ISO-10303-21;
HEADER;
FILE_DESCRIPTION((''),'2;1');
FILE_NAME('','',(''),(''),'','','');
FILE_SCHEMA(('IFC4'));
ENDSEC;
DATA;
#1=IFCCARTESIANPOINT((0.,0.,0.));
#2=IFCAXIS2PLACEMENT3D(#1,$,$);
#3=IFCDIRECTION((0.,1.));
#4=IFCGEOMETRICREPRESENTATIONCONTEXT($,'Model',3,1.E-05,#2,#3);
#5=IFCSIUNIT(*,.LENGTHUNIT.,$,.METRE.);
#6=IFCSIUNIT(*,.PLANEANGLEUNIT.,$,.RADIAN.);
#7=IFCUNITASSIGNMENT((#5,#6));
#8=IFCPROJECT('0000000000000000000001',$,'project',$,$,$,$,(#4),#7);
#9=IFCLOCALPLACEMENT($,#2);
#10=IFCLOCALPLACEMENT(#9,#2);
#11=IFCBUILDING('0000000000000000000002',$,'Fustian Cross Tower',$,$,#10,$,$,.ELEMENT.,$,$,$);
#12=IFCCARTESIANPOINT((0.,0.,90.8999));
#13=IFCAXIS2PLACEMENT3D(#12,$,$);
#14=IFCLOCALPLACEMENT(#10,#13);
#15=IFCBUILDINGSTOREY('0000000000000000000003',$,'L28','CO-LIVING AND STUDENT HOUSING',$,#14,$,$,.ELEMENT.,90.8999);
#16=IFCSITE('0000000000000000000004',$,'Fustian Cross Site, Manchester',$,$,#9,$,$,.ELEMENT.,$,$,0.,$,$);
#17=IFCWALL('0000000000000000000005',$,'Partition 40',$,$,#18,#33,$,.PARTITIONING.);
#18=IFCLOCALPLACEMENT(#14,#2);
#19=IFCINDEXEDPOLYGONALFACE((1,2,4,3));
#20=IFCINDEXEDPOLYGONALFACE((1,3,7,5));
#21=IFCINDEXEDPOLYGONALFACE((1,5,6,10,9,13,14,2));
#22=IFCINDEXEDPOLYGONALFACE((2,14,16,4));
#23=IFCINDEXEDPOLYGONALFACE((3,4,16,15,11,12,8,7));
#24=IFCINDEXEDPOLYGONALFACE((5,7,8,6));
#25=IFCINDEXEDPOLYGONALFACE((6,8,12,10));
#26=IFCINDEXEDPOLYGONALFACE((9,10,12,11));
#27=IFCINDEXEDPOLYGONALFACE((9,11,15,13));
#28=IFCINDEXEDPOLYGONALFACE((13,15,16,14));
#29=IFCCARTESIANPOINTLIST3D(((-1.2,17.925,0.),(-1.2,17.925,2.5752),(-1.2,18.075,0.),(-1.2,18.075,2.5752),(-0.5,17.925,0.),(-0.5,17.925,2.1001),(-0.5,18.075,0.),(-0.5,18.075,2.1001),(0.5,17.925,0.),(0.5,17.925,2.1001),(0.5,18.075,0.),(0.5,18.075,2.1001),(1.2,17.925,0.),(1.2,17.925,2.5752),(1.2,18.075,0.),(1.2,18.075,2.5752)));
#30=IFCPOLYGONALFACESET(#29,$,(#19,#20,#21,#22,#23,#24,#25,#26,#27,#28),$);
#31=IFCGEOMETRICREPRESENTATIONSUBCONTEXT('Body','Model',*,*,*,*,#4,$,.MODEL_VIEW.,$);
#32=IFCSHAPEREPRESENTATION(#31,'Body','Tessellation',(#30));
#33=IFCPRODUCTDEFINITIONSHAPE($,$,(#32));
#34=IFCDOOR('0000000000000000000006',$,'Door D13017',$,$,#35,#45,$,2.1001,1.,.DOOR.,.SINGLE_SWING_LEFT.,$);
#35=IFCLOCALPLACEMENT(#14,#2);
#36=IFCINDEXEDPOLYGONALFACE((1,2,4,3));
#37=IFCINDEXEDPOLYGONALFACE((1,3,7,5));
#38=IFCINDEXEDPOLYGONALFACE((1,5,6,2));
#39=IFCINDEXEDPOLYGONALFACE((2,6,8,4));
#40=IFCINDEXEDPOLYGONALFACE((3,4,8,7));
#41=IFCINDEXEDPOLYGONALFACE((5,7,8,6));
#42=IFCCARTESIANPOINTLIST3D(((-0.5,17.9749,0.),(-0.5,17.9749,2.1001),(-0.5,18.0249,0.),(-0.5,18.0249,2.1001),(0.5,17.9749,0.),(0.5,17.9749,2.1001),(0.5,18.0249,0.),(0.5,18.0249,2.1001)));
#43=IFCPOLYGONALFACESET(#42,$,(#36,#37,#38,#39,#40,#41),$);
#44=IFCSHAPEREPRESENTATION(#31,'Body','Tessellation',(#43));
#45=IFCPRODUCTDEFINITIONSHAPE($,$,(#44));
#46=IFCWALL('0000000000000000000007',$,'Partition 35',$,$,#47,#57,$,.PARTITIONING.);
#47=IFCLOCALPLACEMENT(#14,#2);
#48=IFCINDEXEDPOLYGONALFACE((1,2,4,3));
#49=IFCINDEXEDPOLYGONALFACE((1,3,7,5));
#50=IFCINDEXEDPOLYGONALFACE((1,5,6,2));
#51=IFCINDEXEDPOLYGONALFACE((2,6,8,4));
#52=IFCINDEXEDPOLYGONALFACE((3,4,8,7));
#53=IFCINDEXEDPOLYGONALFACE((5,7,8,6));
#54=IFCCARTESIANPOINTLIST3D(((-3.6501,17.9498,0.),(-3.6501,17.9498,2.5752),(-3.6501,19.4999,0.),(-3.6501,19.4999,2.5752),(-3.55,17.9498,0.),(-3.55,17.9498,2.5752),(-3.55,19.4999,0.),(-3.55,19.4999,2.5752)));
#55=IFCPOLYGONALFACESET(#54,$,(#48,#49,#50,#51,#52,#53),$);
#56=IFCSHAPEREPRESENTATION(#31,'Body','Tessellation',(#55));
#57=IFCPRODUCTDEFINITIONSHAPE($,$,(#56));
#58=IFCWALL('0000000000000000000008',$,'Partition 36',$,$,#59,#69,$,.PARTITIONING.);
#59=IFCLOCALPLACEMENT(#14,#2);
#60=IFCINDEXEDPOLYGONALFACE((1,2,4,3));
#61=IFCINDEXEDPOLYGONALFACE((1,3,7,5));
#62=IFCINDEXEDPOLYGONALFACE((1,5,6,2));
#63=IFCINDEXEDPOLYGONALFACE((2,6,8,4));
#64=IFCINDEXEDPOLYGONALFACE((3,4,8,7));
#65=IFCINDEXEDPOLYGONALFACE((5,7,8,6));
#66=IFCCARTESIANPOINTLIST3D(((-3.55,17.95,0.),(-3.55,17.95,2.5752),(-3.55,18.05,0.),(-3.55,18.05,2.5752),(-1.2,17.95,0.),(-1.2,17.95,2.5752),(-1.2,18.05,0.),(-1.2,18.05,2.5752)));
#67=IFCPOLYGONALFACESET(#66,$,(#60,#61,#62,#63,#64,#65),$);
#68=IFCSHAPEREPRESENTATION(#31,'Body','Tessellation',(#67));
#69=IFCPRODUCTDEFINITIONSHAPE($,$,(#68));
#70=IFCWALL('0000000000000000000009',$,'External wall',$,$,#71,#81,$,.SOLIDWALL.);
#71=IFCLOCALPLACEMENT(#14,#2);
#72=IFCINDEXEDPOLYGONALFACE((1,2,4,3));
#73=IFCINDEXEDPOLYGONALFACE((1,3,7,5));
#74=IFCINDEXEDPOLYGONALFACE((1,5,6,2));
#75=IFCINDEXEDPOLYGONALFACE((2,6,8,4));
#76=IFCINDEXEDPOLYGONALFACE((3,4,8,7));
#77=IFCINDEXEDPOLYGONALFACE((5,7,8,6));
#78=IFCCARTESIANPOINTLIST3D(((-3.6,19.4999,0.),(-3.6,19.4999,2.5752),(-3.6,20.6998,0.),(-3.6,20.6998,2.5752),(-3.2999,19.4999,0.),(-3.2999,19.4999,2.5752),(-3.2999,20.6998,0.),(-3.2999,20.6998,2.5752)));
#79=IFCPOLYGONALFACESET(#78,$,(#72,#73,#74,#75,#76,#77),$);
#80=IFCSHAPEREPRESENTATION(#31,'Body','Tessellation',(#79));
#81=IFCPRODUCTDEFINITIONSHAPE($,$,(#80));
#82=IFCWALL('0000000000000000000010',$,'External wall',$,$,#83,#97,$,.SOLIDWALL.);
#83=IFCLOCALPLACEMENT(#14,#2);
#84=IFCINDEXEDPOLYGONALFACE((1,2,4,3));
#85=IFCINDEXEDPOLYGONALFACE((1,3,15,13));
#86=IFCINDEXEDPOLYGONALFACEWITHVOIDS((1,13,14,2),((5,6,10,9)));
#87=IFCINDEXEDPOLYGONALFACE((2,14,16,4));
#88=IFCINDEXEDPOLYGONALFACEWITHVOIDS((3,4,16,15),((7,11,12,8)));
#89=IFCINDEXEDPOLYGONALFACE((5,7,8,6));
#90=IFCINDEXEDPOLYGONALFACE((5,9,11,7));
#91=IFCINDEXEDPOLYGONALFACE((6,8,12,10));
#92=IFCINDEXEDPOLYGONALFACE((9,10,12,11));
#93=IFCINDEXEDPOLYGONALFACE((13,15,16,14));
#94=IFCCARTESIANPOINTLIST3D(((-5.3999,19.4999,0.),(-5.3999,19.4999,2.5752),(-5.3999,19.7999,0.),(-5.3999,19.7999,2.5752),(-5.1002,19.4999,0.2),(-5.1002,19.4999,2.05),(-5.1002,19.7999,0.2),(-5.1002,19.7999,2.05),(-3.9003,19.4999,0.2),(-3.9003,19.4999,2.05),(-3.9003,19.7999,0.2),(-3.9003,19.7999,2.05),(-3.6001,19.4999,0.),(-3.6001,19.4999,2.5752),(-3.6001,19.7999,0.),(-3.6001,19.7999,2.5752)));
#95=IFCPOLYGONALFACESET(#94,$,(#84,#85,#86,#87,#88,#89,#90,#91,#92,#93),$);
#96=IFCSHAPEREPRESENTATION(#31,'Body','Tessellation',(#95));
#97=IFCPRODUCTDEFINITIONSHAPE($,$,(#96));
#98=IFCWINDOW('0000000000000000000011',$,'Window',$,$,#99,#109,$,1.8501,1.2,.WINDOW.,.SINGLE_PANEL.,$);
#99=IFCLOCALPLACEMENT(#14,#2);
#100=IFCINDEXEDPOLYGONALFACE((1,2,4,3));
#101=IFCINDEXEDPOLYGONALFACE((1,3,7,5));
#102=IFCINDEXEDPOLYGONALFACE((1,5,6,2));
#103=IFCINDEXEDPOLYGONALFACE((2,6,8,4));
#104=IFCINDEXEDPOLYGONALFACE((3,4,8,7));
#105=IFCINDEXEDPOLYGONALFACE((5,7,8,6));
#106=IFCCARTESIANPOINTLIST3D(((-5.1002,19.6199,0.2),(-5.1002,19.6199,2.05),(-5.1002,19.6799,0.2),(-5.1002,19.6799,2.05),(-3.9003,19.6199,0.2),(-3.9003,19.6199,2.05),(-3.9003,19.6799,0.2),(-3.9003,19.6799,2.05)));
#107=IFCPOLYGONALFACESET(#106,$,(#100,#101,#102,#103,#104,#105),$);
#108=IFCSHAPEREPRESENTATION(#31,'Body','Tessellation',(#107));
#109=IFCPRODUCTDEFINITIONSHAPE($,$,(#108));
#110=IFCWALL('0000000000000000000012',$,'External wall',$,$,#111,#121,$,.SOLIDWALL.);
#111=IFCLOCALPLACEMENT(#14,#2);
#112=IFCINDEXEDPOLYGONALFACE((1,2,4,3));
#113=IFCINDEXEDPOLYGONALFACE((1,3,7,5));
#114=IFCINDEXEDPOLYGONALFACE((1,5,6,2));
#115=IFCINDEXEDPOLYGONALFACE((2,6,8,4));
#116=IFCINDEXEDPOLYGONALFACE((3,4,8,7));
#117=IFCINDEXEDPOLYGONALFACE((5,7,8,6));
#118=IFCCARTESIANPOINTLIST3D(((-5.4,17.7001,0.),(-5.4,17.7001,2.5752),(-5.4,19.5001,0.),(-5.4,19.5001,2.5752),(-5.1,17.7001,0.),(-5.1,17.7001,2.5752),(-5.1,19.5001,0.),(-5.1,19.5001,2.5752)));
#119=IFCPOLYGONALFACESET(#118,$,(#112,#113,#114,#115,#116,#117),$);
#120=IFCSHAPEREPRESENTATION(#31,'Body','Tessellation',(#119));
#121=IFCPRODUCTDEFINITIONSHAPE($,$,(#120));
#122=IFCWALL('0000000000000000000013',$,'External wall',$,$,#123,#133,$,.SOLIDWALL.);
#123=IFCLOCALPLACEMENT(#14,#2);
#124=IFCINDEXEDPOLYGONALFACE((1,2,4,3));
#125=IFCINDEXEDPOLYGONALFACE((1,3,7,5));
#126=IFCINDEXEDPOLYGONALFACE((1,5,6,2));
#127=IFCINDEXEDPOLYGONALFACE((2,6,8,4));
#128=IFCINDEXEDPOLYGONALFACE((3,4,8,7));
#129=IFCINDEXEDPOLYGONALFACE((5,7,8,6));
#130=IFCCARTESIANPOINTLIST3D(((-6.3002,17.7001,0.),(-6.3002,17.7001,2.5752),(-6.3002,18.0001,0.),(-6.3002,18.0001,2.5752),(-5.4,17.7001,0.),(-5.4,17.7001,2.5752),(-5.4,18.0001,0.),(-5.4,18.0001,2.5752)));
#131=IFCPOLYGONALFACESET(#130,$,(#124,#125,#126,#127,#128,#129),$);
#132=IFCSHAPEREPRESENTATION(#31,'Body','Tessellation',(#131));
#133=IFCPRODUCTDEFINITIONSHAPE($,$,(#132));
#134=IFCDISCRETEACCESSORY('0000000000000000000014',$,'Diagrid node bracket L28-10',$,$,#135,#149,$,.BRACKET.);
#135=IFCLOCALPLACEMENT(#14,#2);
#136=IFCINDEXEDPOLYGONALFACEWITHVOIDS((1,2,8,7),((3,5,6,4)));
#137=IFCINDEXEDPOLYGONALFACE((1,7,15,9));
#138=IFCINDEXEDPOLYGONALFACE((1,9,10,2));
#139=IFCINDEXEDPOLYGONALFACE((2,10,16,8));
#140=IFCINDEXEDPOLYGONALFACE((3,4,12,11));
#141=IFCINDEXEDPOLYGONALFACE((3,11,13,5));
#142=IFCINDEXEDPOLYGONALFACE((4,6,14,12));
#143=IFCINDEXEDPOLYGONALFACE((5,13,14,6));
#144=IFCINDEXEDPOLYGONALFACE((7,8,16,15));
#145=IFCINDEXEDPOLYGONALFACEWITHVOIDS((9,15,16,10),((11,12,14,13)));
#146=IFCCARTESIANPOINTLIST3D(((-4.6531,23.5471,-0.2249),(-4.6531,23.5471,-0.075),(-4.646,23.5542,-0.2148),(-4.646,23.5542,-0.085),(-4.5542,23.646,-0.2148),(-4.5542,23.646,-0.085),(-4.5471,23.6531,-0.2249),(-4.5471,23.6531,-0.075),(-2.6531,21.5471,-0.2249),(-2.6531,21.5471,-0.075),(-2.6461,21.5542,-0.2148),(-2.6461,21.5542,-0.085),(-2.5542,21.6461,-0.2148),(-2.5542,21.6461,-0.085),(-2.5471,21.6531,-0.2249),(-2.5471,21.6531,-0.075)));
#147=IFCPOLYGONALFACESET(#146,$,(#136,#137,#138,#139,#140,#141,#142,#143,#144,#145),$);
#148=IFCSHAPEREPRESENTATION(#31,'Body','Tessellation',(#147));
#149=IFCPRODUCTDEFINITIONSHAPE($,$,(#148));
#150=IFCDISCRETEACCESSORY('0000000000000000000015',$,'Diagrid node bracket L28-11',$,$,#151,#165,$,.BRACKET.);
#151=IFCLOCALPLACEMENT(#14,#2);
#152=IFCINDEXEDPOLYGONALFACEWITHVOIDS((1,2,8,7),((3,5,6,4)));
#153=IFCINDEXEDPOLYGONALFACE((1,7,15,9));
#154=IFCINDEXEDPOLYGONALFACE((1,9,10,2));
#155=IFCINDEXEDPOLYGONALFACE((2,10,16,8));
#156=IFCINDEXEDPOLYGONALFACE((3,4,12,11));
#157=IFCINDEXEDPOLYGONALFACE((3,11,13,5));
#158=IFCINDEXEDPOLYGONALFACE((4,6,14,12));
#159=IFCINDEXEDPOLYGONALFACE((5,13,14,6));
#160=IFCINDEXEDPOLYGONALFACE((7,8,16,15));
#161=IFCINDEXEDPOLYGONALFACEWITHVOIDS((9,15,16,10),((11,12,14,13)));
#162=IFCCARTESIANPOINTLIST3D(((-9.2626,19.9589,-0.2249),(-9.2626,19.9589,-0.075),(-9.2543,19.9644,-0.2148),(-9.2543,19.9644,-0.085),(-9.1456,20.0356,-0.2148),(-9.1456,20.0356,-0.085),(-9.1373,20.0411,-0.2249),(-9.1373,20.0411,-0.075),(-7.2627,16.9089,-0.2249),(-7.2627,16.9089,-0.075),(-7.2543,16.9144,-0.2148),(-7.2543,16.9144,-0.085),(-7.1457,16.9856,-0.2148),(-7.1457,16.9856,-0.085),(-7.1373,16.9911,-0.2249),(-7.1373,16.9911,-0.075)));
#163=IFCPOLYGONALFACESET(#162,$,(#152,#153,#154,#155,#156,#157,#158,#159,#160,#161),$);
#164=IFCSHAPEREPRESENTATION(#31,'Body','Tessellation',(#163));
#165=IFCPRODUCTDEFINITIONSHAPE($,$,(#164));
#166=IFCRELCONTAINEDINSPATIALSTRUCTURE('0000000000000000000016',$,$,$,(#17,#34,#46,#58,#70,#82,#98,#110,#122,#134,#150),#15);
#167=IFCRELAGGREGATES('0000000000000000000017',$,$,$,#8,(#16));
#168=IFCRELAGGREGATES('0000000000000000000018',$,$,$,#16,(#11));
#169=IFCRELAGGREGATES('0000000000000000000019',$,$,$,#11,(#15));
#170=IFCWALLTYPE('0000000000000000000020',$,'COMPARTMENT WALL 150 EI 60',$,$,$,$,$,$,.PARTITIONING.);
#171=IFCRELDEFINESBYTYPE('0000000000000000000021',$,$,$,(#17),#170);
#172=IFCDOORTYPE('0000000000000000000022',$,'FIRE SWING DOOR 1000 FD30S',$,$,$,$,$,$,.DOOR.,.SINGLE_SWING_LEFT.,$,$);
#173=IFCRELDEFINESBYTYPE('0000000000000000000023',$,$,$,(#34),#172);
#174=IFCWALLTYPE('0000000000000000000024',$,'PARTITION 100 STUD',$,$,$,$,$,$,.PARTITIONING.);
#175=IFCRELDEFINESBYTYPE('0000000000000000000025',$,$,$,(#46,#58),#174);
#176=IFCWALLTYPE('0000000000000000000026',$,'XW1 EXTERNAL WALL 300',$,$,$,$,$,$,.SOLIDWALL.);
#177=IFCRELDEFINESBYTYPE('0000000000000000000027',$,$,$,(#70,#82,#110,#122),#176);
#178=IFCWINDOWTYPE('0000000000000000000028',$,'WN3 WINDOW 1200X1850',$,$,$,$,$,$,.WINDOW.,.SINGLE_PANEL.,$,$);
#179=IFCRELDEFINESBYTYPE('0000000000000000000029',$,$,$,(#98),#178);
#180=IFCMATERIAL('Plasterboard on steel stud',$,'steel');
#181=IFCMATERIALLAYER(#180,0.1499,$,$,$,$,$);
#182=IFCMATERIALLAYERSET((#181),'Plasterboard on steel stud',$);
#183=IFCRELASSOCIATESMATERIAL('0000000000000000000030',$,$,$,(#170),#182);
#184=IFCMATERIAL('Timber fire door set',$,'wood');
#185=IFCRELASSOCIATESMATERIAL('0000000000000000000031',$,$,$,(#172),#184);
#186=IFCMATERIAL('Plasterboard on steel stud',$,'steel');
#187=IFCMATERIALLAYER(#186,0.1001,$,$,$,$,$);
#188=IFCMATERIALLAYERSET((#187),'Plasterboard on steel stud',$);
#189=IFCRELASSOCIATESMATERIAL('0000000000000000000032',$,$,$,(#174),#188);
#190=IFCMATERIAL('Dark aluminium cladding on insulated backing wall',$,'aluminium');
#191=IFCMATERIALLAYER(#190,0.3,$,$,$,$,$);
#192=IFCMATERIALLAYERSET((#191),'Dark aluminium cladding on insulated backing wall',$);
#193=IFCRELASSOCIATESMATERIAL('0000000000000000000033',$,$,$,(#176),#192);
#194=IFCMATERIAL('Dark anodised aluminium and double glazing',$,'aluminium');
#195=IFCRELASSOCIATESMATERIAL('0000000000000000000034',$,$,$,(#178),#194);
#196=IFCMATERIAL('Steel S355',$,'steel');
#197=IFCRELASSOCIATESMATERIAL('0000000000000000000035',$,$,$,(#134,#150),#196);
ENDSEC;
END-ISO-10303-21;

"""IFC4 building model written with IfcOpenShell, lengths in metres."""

from ifc_helpers import new_model, si_unit, direction, frame, frame_2d, origin, origin_2d, place, context, subcontext, project, spatial, rectangle, hollow_rectangle, extrude, material, layer, layer_set, type_object, element, fill, save


model = new_model("IFC4")

# Units and contexts
model_context = context("Model", 3, precision=1e-05, world=origin(), true_north=direction((0.0, 1.0)))
body_context = subcontext(model_context, "Body", "Model", "MODEL_VIEW")
ifc_project = project(units=[si_unit("LENGTHUNIT", "METRE"), si_unit("PLANEANGLEUNIT", "RADIAN")], contexts=[model_context])

# Site, building, storey
site_placement = place(None, origin())
site = spatial("IfcSite", under=ifc_project, at=site_placement, Name="Fustian Cross Site, Manchester", CompositionType="ELEMENT", RefElevation=0.0)
building_placement = place(site_placement, origin())
building = spatial("IfcBuilding", under=site, at=building_placement, Name="Fustian Cross Tower", CompositionType="ELEMENT")
storey_placement = place(building_placement, frame((0.0, 0.0, 90.8999)))
storey = spatial("IfcBuildingStorey", under=building, at=storey_placement, Name="L28", Description="CO-LIVING AND STUDENT HOUSING", CompositionType="ELEMENT", Elevation=90.8999)

# Wall, opening, door
ifc_material_1 = material(Name="Plasterboard on steel stud", Category="steel")
ifc_layer_1 = layer(ifc_material_1, 0.1499)
ifc_layer_set_1 = layer_set([ifc_layer_1], Name="Plasterboard on steel stud")
wall_type_1 = type_object("IfcWallType", Name="COMPARTMENT WALL 150 EI 60", PredefinedType="PARTITIONING", material=ifc_layer_set_1)
wall_1_placement = place(storey_placement, frame((-1.2, 18.0, 0.0), z_axis=(0.0, 0.0, 1.0), x_axis=(1.0, 0.0, 0.0)))
wall_1 = element("IfcWall", 1, at=wall_1_placement, inside=storey, type_object=wall_type_1, Name="Partition 40", PredefinedType="PARTITIONING", context=body_context, shape_type="SweptSolid", body=[
    extrude(rectangle(XDim=2.3999, YDim=0.1499, at=frame_2d((1.2, 0.0))), origin(), (0.0, 0.0, 1.0), 2.5752),
])
opening_1_placement = place(wall_1_placement, frame((0.7, 0.0, 0.0)))
opening_1 = element("IfcOpeningElement", 2, at=opening_1_placement, cuts=wall_1, PredefinedType="OPENING", context=body_context, shape_type="SweptSolid", body=[
    extrude(rectangle(XDim=1.0, YDim=2.1001, at=frame_2d((0.5, 1.05))), frame((0.0, 0.085, 0.0), z_axis=(0.0, -1.0, 0.0), x_axis=(1.0, 0.0, 0.0)), (0.0, 0.0, 1.0), 0.1699),
])
ifc_material_2 = material(Name="Timber fire door set", Category="wood")
door_type = type_object("IfcDoorType", Name="FIRE SWING DOOR 1000 FD30S", OperationType="SINGLE_SWING_LEFT", PredefinedType="DOOR", material=ifc_material_2)
door_placement = place(opening_1_placement, origin())
door = element("IfcDoor", 3, at=door_placement, inside=storey, type_object=door_type, Name="Door D13017", OperationType="SINGLE_SWING_LEFT", OverallHeight=2.1001, OverallWidth=1.0, PredefinedType="DOOR", context=body_context, shape_type="SweptSolid", body=[
    extrude(rectangle(XDim=1.0, YDim=2.1001, at=frame_2d((0.5, 1.05))), frame((0.0, 0.0249, 0.0), z_axis=(0.0, -1.0, 0.0), x_axis=(1.0, 0.0, 0.0)), (0.0, 0.0, 1.0), 0.05),
])
fill(opening_1, door)

# Walls
ifc_material_3 = material(Name="Plasterboard on steel stud", Category="steel")
ifc_layer_2 = layer(ifc_material_3, 0.1001)
ifc_layer_set_2 = layer_set([ifc_layer_2], Name="Plasterboard on steel stud")
wall_type_2 = type_object("IfcWallType", Name="PARTITION 100 STUD", PredefinedType="PARTITIONING", material=ifc_layer_set_2)
wall_2_placement = place(storey_placement, frame((-3.6001, 17.95, 0.0), z_axis=(0.0, 0.0, 1.0), x_axis=(0.0, 1.0, 0.0)))
element("IfcWall", 4, at=wall_2_placement, inside=storey, type_object=wall_type_2, Name="Partition 35", PredefinedType="PARTITIONING", context=body_context, shape_type="SweptSolid", body=[
    extrude(rectangle(XDim=1.55, YDim=0.1001, at=frame_2d((0.7749, 0.0))), origin(), (0.0, 0.0, 1.0), 2.5752),
])
wall_3_placement = place(storey_placement, frame((-3.55, 18.0, 0.0), z_axis=(0.0, 0.0, 1.0), x_axis=(1.0, 0.0, 0.0)))
element("IfcWall", 5, at=wall_3_placement, inside=storey, type_object=wall_type_2, Name="Partition 36", PredefinedType="PARTITIONING", context=body_context, shape_type="SweptSolid", body=[
    extrude(rectangle(XDim=2.3501, YDim=0.1001, at=frame_2d((1.175, 0.0))), origin(), (0.0, 0.0, 1.0), 2.5752),
])
ifc_material_4 = material(Name="Dark aluminium cladding on insulated backing wall", Category="aluminium")
ifc_layer_3 = layer(ifc_material_4, 0.3)
ifc_layer_set_3 = layer_set([ifc_layer_3], Name="Dark aluminium cladding on insulated backing wall")
wall_type_3 = type_object("IfcWallType", Name="XW1 EXTERNAL WALL 300", PredefinedType="SOLIDWALL", material=ifc_layer_set_3)
wall_4_placement = place(storey_placement, frame((-3.45, 20.7, 0.0), z_axis=(0.0, 0.0, 1.0), x_axis=(0.0, -1.0, 0.0)))
element("IfcWall", 6, at=wall_4_placement, inside=storey, type_object=wall_type_3, Name="External wall", PredefinedType="SOLIDWALL", context=body_context, shape_type="SweptSolid", body=[
    extrude(rectangle(XDim=1.2, YDim=0.3, at=frame_2d((0.6001, 0.0))), origin(), (0.0, 0.0, 1.0), 2.5752),
])

# Wall, opening, window
wall_5_placement = place(storey_placement, frame((-3.6001, 19.6499, 0.0), z_axis=(0.0, 0.0, 1.0), x_axis=(-1.0, 0.0, 0.0)))
wall_5 = element("IfcWall", 7, at=wall_5_placement, inside=storey, type_object=wall_type_3, Name="External wall", PredefinedType="SOLIDWALL", context=body_context, shape_type="SweptSolid", body=[
    extrude(rectangle(XDim=1.7998, YDim=0.3, at=frame_2d((0.8999, 0.0))), origin(), (0.0, 0.0, 1.0), 2.5752),
])
opening_2_placement = place(wall_5_placement, frame((0.3, 0.0, 0.2)))
opening_2 = element("IfcOpeningElement", 8, at=opening_2_placement, cuts=wall_5, PredefinedType="OPENING", context=body_context, shape_type="SweptSolid", body=[
    extrude(rectangle(XDim=1.2, YDim=1.8501, at=frame_2d((0.6001, 0.925))), frame((0.0, 0.1599, 0.0), z_axis=(0.0, -1.0, 0.0), x_axis=(1.0, 0.0, 0.0)), (0.0, 0.0, 1.0), 0.3201),
])
ifc_material_5 = material(Name="Dark anodised aluminium and double glazing", Category="aluminium")
window_type = type_object("IfcWindowType", Name="WN3 WINDOW 1200X1850", PartitioningType="SINGLE_PANEL", PredefinedType="WINDOW", material=ifc_material_5)
window_placement = place(opening_2_placement, origin())
window = element("IfcWindow", 9, at=window_placement, inside=storey, type_object=window_type, Name="Window", OverallHeight=1.8501, OverallWidth=1.2, PartitioningType="SINGLE_PANEL", PredefinedType="WINDOW", context=body_context, shape_type="SweptSolid", body=[
    extrude(rectangle(XDim=1.2, YDim=1.8501, at=frame_2d((0.6001, 0.925))), frame((0.0, 0.03, 0.0), z_axis=(0.0, -1.0, 0.0), x_axis=(1.0, 0.0, 0.0)), (0.0, 0.0, 1.0), 0.0601),
])
fill(opening_2, window)

# Walls
wall_6_placement = place(storey_placement, frame((-5.25, 19.5, 0.0), z_axis=(0.0, 0.0, 1.0), x_axis=(0.0, -1.0, 0.0)))
element("IfcWall", 10, at=wall_6_placement, inside=storey, type_object=wall_type_3, Name="External wall", PredefinedType="SOLIDWALL", context=body_context, shape_type="SweptSolid", body=[
    extrude(rectangle(XDim=1.8, YDim=0.3, at=frame_2d((0.8999, 0.0))), origin(), (0.0, 0.0, 1.0), 2.5752),
])
wall_7_placement = place(storey_placement, frame((-5.3999, 17.8501, 0.0), z_axis=(0.0, 0.0, 1.0), x_axis=(-1.0, 0.0, 0.0)))
element("IfcWall", 11, at=wall_7_placement, inside=storey, type_object=wall_type_3, Name="External wall", PredefinedType="SOLIDWALL", context=body_context, shape_type="SweptSolid", body=[
    extrude(rectangle(XDim=0.9001, YDim=0.3, at=frame_2d((0.4502, 0.0))), origin(), (0.0, 0.0, 1.0), 2.5752),
])

# Discrete accessories
ifc_material_6 = material(Name="Steel S355", Category="steel")
discrete_accessory_1_placement = place(storey_placement, frame((-4.6001, 23.6001, -0.1499), z_axis=(0.707107, -0.707107, 0.0), x_axis=(0.707107, 0.707107, 0.0)))
element("IfcDiscreteAccessory", 12, at=discrete_accessory_1_placement, inside=storey, material=ifc_material_6, Name="Diagrid node bracket L28-10", PredefinedType="BRACKET", context=body_context, shape_type="SweptSolid", body=[
    extrude(hollow_rectangle(XDim=0.1499, YDim=0.1499, WallThickness=0.01, at=origin_2d()), origin(), (0.0, 0.0, 1.0), 2.8284),
])
discrete_accessory_2_placement = place(storey_placement, frame((-9.2, 20.0, -0.1499), z_axis=(0.548351, -0.836248, 0.0), x_axis=(0.836248, 0.548351, 0.0)))
element("IfcDiscreteAccessory", 13, at=discrete_accessory_2_placement, inside=storey, material=ifc_material_6, Name="Diagrid node bracket L28-11", PredefinedType="BRACKET", context=body_context, shape_type="SweptSolid", body=[
    extrude(hollow_rectangle(XDim=0.1499, YDim=0.1499, WallThickness=0.01, at=origin_2d()), origin(), (0.0, 0.0, 1.0), 3.6472),
])

save(model, "model.ifc")
